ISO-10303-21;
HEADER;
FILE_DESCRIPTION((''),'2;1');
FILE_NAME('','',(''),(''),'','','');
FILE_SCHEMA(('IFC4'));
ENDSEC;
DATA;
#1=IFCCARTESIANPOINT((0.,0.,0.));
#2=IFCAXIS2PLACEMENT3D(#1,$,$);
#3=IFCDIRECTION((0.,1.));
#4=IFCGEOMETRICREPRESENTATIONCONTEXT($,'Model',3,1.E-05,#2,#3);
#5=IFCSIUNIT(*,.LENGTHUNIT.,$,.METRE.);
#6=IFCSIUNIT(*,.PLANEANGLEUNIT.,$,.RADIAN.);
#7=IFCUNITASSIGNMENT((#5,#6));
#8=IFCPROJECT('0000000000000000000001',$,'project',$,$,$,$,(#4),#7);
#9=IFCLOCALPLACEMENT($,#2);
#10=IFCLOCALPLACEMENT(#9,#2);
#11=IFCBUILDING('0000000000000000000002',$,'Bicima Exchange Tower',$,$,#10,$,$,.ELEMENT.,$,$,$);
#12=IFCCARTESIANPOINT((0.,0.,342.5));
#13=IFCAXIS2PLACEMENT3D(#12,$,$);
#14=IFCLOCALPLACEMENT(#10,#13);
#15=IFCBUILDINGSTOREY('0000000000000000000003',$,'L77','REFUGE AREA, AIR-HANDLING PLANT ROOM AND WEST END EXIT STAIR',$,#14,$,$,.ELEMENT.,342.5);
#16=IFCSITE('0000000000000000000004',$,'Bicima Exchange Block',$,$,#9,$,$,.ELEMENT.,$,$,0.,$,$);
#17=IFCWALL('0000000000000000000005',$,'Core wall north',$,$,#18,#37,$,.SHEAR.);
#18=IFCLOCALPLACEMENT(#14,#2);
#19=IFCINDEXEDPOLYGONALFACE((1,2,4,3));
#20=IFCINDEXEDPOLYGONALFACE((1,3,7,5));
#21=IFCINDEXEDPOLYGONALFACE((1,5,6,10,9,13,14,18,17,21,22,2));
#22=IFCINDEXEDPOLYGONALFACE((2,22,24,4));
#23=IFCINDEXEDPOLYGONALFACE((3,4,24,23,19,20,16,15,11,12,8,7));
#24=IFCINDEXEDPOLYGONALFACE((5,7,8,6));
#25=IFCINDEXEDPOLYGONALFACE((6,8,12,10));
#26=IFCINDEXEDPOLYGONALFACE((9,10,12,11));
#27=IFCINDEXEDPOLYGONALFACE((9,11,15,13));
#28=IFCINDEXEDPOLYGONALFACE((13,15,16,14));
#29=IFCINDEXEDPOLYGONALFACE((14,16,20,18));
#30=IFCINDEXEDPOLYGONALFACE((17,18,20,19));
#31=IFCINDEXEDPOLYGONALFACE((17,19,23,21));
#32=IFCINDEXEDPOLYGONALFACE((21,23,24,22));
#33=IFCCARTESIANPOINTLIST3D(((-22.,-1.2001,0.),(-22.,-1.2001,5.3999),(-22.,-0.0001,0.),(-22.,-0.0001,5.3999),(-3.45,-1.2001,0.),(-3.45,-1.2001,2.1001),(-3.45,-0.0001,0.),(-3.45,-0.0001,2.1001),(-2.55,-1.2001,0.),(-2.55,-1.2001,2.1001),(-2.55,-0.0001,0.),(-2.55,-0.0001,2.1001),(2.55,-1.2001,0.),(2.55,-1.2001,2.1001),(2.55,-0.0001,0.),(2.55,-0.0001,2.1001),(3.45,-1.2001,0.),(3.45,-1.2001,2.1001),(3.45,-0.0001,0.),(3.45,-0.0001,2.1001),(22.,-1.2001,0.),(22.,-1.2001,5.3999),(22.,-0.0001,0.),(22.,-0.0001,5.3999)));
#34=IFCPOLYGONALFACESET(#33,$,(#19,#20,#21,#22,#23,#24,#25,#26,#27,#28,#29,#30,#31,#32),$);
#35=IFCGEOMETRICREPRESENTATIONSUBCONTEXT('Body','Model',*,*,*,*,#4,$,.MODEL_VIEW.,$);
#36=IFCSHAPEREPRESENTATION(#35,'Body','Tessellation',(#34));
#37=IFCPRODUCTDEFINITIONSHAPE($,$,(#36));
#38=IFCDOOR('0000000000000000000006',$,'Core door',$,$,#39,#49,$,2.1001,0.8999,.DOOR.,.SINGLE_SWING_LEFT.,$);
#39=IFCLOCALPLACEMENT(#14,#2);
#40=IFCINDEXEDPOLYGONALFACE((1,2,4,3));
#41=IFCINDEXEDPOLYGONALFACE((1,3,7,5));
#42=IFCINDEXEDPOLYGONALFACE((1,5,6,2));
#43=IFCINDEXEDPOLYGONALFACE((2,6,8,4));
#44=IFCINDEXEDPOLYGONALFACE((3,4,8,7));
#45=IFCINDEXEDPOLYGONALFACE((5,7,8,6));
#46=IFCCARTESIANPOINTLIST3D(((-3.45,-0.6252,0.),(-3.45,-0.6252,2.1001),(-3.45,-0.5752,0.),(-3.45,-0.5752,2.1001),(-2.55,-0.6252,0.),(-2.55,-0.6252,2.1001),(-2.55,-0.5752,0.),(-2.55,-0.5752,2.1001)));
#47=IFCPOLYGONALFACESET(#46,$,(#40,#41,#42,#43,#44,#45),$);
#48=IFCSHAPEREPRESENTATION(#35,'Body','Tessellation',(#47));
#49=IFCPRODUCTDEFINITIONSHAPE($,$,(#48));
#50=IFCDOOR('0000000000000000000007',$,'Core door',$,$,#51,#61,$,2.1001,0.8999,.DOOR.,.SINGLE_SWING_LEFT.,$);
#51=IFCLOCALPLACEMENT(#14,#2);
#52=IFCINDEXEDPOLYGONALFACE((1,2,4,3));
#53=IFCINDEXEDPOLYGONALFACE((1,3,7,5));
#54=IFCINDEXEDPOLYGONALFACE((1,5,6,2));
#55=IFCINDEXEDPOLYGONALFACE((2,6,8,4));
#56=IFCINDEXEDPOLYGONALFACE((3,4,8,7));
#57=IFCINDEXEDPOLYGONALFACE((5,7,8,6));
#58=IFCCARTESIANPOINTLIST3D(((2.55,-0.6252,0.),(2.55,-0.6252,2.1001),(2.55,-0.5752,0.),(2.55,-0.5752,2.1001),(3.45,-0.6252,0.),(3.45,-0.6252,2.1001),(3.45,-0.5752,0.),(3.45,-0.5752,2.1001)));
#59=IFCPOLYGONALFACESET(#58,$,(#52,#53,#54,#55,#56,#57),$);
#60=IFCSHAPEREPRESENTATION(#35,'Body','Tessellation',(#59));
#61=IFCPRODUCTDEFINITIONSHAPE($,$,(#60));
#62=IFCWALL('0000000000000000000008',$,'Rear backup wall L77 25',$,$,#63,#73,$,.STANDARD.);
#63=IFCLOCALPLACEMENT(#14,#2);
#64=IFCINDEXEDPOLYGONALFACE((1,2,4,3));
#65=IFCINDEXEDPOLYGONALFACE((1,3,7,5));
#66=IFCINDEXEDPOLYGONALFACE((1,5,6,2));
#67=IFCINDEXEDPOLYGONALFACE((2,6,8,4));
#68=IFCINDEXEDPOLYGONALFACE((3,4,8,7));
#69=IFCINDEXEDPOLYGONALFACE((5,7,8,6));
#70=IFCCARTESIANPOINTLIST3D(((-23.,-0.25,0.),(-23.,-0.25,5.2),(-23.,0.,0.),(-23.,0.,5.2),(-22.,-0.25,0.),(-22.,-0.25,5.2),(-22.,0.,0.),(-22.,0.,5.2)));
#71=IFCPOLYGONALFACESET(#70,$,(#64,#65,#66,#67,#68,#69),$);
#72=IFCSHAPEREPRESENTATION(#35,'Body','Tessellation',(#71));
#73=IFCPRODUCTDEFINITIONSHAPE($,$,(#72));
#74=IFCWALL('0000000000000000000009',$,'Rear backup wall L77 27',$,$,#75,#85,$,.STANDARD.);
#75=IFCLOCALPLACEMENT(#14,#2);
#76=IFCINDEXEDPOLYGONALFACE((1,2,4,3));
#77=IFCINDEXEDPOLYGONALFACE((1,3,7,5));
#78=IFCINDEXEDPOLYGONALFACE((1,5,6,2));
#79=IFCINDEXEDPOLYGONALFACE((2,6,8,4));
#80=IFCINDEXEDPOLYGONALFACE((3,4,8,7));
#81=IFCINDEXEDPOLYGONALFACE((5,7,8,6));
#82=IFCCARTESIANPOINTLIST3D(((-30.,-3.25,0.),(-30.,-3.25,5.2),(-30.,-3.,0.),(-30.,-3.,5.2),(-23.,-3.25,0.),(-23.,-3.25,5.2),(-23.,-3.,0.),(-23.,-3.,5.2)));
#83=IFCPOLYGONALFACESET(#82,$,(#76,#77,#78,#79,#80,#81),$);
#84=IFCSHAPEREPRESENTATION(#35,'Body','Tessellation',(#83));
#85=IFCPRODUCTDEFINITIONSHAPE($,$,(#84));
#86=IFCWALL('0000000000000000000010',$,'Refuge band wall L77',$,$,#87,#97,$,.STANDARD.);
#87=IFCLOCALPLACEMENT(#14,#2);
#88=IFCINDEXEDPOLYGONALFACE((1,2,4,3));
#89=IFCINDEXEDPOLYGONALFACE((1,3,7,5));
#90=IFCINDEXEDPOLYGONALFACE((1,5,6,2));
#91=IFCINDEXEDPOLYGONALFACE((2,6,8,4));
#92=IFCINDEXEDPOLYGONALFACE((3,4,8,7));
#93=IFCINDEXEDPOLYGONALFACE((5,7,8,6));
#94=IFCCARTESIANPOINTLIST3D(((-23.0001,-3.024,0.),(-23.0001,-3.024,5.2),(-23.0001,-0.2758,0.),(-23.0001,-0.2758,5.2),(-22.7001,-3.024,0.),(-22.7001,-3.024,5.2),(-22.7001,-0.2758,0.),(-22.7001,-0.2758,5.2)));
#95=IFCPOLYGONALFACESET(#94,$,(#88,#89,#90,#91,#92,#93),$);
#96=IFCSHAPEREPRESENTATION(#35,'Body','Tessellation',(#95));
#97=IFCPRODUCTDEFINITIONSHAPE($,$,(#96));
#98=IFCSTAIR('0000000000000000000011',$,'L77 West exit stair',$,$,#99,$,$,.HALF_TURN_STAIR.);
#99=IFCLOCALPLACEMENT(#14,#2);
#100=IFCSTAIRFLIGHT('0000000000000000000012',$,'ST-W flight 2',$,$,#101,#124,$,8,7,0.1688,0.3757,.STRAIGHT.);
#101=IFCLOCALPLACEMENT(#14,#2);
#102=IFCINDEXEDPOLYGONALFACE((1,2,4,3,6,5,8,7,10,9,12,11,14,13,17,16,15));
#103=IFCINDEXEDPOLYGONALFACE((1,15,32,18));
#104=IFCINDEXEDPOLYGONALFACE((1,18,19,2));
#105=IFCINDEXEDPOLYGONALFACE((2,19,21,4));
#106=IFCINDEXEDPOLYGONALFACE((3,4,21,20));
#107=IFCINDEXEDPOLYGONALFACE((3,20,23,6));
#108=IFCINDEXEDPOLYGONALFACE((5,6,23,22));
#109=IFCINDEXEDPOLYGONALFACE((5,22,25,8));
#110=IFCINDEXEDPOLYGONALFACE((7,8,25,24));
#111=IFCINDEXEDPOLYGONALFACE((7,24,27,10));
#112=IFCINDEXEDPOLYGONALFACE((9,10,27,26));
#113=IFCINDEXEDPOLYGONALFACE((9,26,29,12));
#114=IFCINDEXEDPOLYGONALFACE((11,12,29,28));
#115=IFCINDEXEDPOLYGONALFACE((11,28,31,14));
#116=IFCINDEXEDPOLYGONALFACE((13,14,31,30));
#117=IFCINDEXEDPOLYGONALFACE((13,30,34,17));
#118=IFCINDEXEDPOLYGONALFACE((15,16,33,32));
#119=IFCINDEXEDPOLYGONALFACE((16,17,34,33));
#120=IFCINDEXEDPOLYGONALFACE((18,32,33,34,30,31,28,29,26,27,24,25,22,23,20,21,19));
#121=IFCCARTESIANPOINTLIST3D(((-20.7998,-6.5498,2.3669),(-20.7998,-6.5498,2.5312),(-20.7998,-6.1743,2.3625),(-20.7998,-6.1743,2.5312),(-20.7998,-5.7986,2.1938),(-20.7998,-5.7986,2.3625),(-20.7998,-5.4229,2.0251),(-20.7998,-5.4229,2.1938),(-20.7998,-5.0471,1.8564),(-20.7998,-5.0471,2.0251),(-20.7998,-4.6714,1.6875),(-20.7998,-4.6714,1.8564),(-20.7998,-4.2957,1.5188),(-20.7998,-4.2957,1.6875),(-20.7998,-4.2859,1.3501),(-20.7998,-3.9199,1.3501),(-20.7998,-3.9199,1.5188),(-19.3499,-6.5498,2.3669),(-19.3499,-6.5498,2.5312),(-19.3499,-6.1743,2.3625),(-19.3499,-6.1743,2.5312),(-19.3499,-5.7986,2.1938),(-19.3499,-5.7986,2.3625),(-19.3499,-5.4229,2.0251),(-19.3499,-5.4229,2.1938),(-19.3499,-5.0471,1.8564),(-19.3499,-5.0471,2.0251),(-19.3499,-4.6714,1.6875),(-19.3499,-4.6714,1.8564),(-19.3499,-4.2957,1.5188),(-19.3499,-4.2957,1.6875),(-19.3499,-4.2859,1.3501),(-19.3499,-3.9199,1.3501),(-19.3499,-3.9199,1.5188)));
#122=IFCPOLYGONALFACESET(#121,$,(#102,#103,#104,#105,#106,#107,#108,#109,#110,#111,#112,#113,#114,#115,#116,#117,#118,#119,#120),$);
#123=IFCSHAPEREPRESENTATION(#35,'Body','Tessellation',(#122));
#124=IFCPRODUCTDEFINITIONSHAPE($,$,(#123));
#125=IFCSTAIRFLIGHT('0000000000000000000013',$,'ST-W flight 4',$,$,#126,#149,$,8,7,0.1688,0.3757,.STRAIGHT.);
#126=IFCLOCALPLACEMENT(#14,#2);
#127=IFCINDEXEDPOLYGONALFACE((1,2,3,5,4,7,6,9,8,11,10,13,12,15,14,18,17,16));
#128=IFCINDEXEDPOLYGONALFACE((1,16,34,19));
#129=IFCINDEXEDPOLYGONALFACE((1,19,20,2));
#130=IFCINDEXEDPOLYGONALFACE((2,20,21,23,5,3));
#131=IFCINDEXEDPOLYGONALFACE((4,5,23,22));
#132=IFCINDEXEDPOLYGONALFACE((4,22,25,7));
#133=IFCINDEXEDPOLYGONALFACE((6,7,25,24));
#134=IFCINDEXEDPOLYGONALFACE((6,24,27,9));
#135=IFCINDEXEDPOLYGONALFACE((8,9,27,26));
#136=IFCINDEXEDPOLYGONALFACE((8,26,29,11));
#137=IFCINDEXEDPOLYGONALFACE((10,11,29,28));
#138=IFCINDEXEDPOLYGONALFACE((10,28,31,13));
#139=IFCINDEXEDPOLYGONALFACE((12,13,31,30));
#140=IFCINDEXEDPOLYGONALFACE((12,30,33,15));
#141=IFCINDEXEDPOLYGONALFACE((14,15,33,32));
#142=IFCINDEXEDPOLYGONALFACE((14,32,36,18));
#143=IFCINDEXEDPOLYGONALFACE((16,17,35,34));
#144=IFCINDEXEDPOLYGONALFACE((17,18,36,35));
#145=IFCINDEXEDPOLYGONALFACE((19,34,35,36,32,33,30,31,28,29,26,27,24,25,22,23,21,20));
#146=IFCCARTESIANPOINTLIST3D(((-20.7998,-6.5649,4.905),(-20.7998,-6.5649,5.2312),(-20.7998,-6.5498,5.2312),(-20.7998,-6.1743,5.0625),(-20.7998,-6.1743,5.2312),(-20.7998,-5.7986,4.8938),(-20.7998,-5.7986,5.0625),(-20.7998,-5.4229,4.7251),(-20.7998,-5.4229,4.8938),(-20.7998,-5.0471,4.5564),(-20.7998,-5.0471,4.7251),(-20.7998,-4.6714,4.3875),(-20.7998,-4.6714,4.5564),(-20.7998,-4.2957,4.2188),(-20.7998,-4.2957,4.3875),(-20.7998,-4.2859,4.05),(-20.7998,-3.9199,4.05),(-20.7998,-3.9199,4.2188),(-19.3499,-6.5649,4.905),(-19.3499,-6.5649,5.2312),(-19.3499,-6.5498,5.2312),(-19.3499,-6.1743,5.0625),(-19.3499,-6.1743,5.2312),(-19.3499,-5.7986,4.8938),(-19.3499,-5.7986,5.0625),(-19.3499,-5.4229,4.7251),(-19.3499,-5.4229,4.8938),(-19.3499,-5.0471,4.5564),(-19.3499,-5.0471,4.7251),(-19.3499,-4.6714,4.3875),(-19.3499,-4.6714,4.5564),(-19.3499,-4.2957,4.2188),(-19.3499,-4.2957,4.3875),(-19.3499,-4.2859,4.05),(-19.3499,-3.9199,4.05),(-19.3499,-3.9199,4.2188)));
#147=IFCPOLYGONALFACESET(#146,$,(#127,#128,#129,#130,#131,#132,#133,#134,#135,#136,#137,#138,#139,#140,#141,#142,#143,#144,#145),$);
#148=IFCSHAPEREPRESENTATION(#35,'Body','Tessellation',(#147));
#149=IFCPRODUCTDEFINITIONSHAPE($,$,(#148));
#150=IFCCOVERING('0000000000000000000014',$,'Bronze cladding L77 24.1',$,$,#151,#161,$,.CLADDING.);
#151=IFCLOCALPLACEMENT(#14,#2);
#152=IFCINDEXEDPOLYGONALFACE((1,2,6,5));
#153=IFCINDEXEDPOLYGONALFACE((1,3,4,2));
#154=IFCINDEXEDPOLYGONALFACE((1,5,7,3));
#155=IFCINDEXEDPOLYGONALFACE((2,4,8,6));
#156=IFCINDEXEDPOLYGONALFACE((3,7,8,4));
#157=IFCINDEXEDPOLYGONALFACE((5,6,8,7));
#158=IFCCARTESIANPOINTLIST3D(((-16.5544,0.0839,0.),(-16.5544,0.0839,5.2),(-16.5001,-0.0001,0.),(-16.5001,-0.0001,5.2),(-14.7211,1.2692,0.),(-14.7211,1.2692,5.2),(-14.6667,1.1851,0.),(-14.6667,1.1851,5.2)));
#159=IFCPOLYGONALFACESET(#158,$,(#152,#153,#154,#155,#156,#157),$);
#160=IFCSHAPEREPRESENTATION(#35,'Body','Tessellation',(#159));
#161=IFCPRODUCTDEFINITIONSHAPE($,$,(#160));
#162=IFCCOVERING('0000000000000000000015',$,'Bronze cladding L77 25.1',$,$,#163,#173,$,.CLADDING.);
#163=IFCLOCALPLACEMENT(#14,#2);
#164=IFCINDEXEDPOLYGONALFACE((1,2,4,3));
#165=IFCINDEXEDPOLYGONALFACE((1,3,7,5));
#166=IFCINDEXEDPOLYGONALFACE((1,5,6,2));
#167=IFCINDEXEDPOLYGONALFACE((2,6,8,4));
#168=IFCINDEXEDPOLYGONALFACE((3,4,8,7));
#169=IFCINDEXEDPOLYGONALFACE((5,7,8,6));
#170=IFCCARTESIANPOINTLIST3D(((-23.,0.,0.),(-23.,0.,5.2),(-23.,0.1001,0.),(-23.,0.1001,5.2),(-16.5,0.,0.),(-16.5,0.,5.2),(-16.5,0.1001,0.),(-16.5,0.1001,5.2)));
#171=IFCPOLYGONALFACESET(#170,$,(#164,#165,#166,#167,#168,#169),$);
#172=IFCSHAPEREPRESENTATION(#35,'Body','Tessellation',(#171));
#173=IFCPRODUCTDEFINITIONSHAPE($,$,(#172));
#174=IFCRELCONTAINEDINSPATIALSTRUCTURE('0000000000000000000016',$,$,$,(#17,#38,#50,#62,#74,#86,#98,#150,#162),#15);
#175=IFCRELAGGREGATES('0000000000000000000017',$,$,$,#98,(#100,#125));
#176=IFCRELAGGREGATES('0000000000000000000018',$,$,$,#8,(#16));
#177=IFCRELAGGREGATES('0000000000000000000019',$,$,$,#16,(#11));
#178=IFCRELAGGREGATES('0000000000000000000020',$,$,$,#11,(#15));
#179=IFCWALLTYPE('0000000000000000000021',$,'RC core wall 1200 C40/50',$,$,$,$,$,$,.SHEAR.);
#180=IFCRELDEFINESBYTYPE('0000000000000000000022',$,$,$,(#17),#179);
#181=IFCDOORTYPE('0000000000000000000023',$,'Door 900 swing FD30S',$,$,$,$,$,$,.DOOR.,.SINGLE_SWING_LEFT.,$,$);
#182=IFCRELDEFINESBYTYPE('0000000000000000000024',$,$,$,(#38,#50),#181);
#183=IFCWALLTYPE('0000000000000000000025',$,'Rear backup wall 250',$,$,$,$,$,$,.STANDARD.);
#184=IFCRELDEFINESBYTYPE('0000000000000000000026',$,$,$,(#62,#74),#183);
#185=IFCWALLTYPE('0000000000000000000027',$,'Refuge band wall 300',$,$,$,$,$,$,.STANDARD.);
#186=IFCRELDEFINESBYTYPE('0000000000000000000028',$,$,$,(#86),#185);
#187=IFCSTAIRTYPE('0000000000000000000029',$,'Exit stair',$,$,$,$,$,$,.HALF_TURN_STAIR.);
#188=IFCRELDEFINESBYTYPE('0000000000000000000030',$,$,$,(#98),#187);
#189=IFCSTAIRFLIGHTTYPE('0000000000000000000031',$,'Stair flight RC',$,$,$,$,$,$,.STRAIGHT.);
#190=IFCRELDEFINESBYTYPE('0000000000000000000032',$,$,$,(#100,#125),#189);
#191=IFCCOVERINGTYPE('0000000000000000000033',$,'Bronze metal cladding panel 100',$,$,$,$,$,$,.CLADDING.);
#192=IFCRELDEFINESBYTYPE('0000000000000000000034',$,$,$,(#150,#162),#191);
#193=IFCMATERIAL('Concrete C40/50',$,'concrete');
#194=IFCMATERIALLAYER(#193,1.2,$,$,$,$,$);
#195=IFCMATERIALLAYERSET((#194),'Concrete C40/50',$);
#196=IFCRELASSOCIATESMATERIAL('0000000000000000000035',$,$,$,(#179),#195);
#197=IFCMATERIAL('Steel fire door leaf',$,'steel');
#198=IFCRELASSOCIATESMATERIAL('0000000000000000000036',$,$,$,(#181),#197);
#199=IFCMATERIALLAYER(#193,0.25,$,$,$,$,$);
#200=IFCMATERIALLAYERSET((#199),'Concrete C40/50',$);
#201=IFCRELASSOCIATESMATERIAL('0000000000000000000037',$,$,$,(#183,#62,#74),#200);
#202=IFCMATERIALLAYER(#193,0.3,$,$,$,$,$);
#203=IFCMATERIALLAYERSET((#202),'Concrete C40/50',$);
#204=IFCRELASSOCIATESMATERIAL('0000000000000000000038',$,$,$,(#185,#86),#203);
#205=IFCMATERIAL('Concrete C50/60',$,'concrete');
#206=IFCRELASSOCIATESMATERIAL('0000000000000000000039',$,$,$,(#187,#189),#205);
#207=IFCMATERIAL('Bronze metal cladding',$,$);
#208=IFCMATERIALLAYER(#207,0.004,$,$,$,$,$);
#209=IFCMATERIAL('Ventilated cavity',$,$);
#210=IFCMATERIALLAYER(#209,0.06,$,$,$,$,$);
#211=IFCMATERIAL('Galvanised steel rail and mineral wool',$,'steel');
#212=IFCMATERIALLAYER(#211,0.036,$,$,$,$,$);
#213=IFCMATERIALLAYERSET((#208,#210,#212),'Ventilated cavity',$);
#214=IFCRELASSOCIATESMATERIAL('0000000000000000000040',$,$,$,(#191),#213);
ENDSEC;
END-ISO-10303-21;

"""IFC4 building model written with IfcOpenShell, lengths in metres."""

from ifc_helpers import new_model, si_unit, direction, frame, frame_2d, origin, origin_2d, place, context, subcontext, project, spatial, polyline, rectangle, outline, extrude, material, layer, layer_set, layer_usage, type_object, element, fill, aggregate, save


model = new_model("IFC4")

# Units and contexts
model_context = context("Model", 3, precision=1e-05, world=origin(), true_north=direction((0.0, 1.0)))
body_context = subcontext(model_context, "Body", "Model", "MODEL_VIEW")
ifc_project = project(units=[si_unit("LENGTHUNIT", "METRE"), si_unit("PLANEANGLEUNIT", "RADIAN")], contexts=[model_context])

# Site, building, storey
site_placement = place(None, origin())
site = spatial("IfcSite", under=ifc_project, at=site_placement, Name="Bicima Exchange Block", CompositionType="ELEMENT", RefElevation=0.0)
building_placement = place(site_placement, origin())
building = spatial("IfcBuilding", under=site, at=building_placement, Name="Bicima Exchange Tower", CompositionType="ELEMENT")
storey_placement = place(building_placement, frame((0.0, 0.0, 342.5)))
storey = spatial("IfcBuildingStorey", under=building, at=storey_placement, Name="L77", Description="REFUGE AREA, AIR-HANDLING PLANT ROOM AND WEST END EXIT STAIR", CompositionType="ELEMENT", Elevation=342.5)

# Wall, openings, doors
ifc_material_1 = material(Name="Concrete C40/50", Category="concrete")
ifc_layer_1 = layer(ifc_material_1, 1.2)
ifc_layer_set_1 = layer_set([ifc_layer_1], Name="Concrete C40/50")
wall_type_1 = type_object("IfcWallType", Name="RC core wall 1200 C40/50", PredefinedType="SHEAR", material=ifc_layer_set_1)
wall_1_placement = place(storey_placement, frame((-22.0, -0.6001, 0.0), z_axis=(0.0, 0.0, 1.0), x_axis=(1.0, 0.0, 0.0)))
wall_1 = element("IfcWall", 1, at=wall_1_placement, inside=storey, type_object=wall_type_1, Name="Core wall north", PredefinedType="SHEAR", context=body_context, shape_type="SweptSolid", body=[
    extrude(rectangle(XDim=44.0, YDim=1.2, at=frame_2d((22.0, 0.0))), origin(), (0.0, 0.0, 1.0), 5.3999),
])
opening_1_placement = place(wall_1_placement, frame((18.55, 0.0, 0.0)))
opening_1 = element("IfcOpeningElement", 2, at=opening_1_placement, cuts=wall_1, PredefinedType="OPENING", context=body_context, shape_type="SweptSolid", body=[
    extrude(rectangle(XDim=0.8999, YDim=2.1001, at=frame_2d((0.45, 1.05))), frame((0.0, 0.6118, 0.0), z_axis=(0.0, -1.0, 0.0), x_axis=(1.0, 0.0, 0.0)), (0.0, 0.0, 1.0), 1.2239),
])
opening_2_placement = place(wall_1_placement, frame((24.55, 0.0, 0.0)))
opening_2 = element("IfcOpeningElement", 3, at=opening_2_placement, cuts=wall_1, PredefinedType="OPENING", context=body_context, shape_type="SweptSolid", body=[
    extrude(rectangle(XDim=0.8999, YDim=2.1001, at=frame_2d((0.45, 1.05))), frame((0.0, 0.6118, 0.0), z_axis=(0.0, -1.0, 0.0), x_axis=(1.0, 0.0, 0.0)), (0.0, 0.0, 1.0), 1.2239),
])
ifc_material_2 = material(Name="Steel fire door leaf", Category="steel")
door_type = type_object("IfcDoorType", Name="Door 900 swing FD30S", OperationType="SINGLE_SWING_LEFT", PredefinedType="DOOR", material=ifc_material_2)
door_1_placement = place(opening_1_placement, origin())
door_1 = element("IfcDoor", 4, at=door_1_placement, inside=storey, type_object=door_type, Name="Core door", OperationType="SINGLE_SWING_LEFT", OverallHeight=2.1001, OverallWidth=0.8999, PredefinedType="DOOR", context=body_context, shape_type="SweptSolid", body=[
    extrude(rectangle(XDim=0.8999, YDim=2.1001, at=frame_2d((0.45, 1.05))), frame((0.0, 0.0249, 0.0), z_axis=(0.0, -1.0, 0.0), x_axis=(1.0, 0.0, 0.0)), (0.0, 0.0, 1.0), 0.05),
])
fill(opening_1, door_1)
door_2_placement = place(opening_2_placement, origin())
door_2 = element("IfcDoor", 5, at=door_2_placement, inside=storey, type_object=door_type, Name="Core door", OperationType="SINGLE_SWING_LEFT", OverallHeight=2.1001, OverallWidth=0.8999, PredefinedType="DOOR", context=body_context, shape_type="SweptSolid", body=[
    extrude(rectangle(XDim=0.8999, YDim=2.1001, at=frame_2d((0.45, 1.05))), frame((0.0, 0.0249, 0.0), z_axis=(0.0, -1.0, 0.0), x_axis=(1.0, 0.0, 0.0)), (0.0, 0.0, 1.0), 0.05),
])
fill(opening_2, door_2)

# Walls
ifc_layer_2 = layer(ifc_material_1, 0.25)
ifc_layer_set_2 = layer_set([ifc_layer_2], Name="Concrete C40/50")
ifc_layer_usage_1 = layer_usage(ifc_layer_set_2, "AXIS2", "POSITIVE", -0.125)
wall_type_2 = type_object("IfcWallType", Name="Rear backup wall 250", PredefinedType="STANDARD", material=ifc_layer_set_2)
wall_2_placement = place(storey_placement, frame((-22.0, -0.125, 0.0), z_axis=(0.0, 0.0, 1.0), x_axis=(-1.0, 0.0, 0.0)))
element("IfcWall", 6, at=wall_2_placement, inside=storey, type_object=wall_type_2, material=ifc_layer_usage_1, Name="Rear backup wall L77 25", PredefinedType="STANDARD", context=body_context, shape_type="SweptSolid", body=[
    extrude(rectangle(XDim=1.0, YDim=0.25, at=frame_2d((0.5, 0.0))), origin(), (0.0, 0.0, 1.0), 5.2),
])
wall_3_placement = place(storey_placement, frame((-23.0, -3.125, 0.0), z_axis=(0.0, 0.0, 1.0), x_axis=(-1.0, 0.0, 0.0)))
element("IfcWall", 7, at=wall_3_placement, inside=storey, type_object=wall_type_2, material=ifc_layer_usage_1, Name="Rear backup wall L77 27", PredefinedType="STANDARD", context=body_context, shape_type="SweptSolid", body=[
    extrude(rectangle(XDim=7.0, YDim=0.25, at=frame_2d((3.5, 0.0))), origin(), (0.0, 0.0, 1.0), 5.2),
])
ifc_layer_3 = layer(ifc_material_1, 0.3)
ifc_layer_set_3 = layer_set([ifc_layer_3], Name="Concrete C40/50")
ifc_layer_usage_2 = layer_usage(ifc_layer_set_3, "AXIS2", "POSITIVE", -0.15)
wall_type_3 = type_object("IfcWallType", Name="Refuge band wall 300", PredefinedType="STANDARD", material=ifc_layer_set_3)
wall_4_placement = place(storey_placement, frame((-22.8501, -0.2759, 0.0), z_axis=(0.0, 0.0, 1.0), x_axis=(0.0, -1.0, 0.0)))
element("IfcWall", 8, at=wall_4_placement, inside=storey, type_object=wall_type_3, material=ifc_layer_usage_2, Name="Refuge band wall L77", PredefinedType="STANDARD", context=body_context, shape_type="SweptSolid", body=[
    extrude(rectangle(XDim=2.7483, YDim=0.3, at=frame_2d((1.374, 0.0))), origin(), (0.0, 0.0, 1.0), 5.2),
])

# Stair, stair flights
ifc_material_3 = material(Name="Concrete C50/60", Category="concrete")
stair_type = type_object("IfcStairType", Name="Exit stair", PredefinedType="HALF_TURN_STAIR", material=ifc_material_3)
stair_placement = place(storey_placement, origin())
stair = element("IfcStair", 9, at=stair_placement, inside=storey, type_object=stair_type, Name="L77 West exit stair", PredefinedType="HALF_TURN_STAIR")
stair_flight_type = type_object("IfcStairFlightType", Name="Stair flight RC", PredefinedType="STRAIGHT", material=ifc_material_3)
stair_flight_1_placement = place(storey_placement, frame((-20.075, -3.9199, 1.3501), z_axis=(0.0, 0.0, 1.0), x_axis=(0.0, -1.0, 0.0)))
stair_flight_1 = element("IfcStairFlight", 10, at=stair_flight_1_placement, type_object=stair_flight_type, Name="ST-W flight 2", NumberOfRisers=8, NumberOfTreads=7, PredefinedType="STRAIGHT", RiserHeight=0.1688, TreadLength=0.3757, context=body_context, shape_type="SweptSolid", body=[
    extrude(outline(polyline([(0.0, 0.0), (0.0, 0.1687), (0.3757, 0.1687), (0.3757, 0.3374), (0.7515, 0.3374), (0.7515, 0.5063), (1.1272, 0.5063), (1.1272, 0.675), (1.5029, 0.675), (1.5029, 0.8438), (1.8787, 0.8438), (1.8787, 1.0125), (2.2544, 1.0125), (2.2544, 1.1812), (2.6299, 1.1812), (2.6299, 1.3501), (2.6299, 1.0168), (0.366, 0.0), (0.0, 0.0)])), frame((0.0, 0.7251, 0.0), z_axis=(0.0, -1.0, 0.0), x_axis=(1.0, 0.0, 0.0)), (0.0, 0.0, 1.0), 1.45),
])
stair_flight_2_placement = place(storey_placement, frame((-20.075, -3.9199, 4.05), z_axis=(0.0, 0.0, 1.0), x_axis=(0.0, -1.0, 0.0)))
stair_flight_2 = element("IfcStairFlight", 11, at=stair_flight_2_placement, type_object=stair_flight_type, Name="ST-W flight 4", NumberOfRisers=8, NumberOfTreads=7, PredefinedType="STRAIGHT", RiserHeight=0.1688, TreadLength=0.3757, context=body_context, shape_type="SweptSolid", body=[
    extrude(outline(polyline([(0.0, 0.0), (0.0, 0.1687), (0.3757, 0.1687), (0.3757, 0.3374), (0.7515, 0.3374), (0.7515, 0.5063), (1.1272, 0.5063), (1.1272, 0.675), (1.5029, 0.675), (1.5029, 0.8438), (1.8787, 0.8438), (1.8787, 1.0125), (2.2544, 1.0125), (2.2544, 1.1812), (2.6299, 1.1812), (2.645, 1.1812), (2.645, 0.855), (0.366, 0.0), (0.0, 0.0)])), frame((0.0, 0.7251, 0.0), z_axis=(0.0, -1.0, 0.0), x_axis=(1.0, 0.0, 0.0)), (0.0, 0.0, 1.0), 1.45),
])
aggregate(stair, [stair_flight_1, stair_flight_2])

# Coverings
ifc_material_4 = material(Name="Bronze metal cladding")
ifc_layer_4 = layer(ifc_material_4, 0.004)
ifc_material_5 = material(Name="Ventilated cavity")
ifc_layer_5 = layer(ifc_material_5, 0.06)
ifc_material_6 = material(Name="Galvanised steel rail and mineral wool", Category="steel")
ifc_layer_6 = layer(ifc_material_6, 0.036)
ifc_layer_set_4 = layer_set([ifc_layer_4, ifc_layer_5, ifc_layer_6], Name="Ventilated cavity")
covering_type = type_object("IfcCoveringType", Name="Bronze metal cladding panel 100", PredefinedType="CLADDING", material=ifc_layer_set_4)
covering_1_placement = place(storey_placement, frame((-15.6106, 0.6345, 0.0), z_axis=(0.0, 0.0, 1.0), x_axis=(-0.83979, -0.542911, 0.0)))
element("IfcCovering", 12, at=covering_1_placement, inside=storey, type_object=covering_type, Name="Bronze cladding L77 24.1", PredefinedType="CLADDING", context=body_context, shape_type="SweptSolid", body=[
    extrude(rectangle(XDim=2.1831, YDim=0.1001, at=origin_2d()), origin(), (0.0, 0.0, 1.0), 5.2),
])
covering_2_placement = place(storey_placement, frame((-19.75, 0.05, 0.0), z_axis=(0.0, 0.0, 1.0), x_axis=(-1.0, 0.0, 0.0)))
element("IfcCovering", 13, at=covering_2_placement, inside=storey, type_object=covering_type, Name="Bronze cladding L77 25.1", PredefinedType="CLADDING", context=body_context, shape_type="SweptSolid", body=[
    extrude(rectangle(XDim=6.5, YDim=0.1001, at=origin_2d()), origin(), (0.0, 0.0, 1.0), 5.2),
])

save(model, "model.ifc")
